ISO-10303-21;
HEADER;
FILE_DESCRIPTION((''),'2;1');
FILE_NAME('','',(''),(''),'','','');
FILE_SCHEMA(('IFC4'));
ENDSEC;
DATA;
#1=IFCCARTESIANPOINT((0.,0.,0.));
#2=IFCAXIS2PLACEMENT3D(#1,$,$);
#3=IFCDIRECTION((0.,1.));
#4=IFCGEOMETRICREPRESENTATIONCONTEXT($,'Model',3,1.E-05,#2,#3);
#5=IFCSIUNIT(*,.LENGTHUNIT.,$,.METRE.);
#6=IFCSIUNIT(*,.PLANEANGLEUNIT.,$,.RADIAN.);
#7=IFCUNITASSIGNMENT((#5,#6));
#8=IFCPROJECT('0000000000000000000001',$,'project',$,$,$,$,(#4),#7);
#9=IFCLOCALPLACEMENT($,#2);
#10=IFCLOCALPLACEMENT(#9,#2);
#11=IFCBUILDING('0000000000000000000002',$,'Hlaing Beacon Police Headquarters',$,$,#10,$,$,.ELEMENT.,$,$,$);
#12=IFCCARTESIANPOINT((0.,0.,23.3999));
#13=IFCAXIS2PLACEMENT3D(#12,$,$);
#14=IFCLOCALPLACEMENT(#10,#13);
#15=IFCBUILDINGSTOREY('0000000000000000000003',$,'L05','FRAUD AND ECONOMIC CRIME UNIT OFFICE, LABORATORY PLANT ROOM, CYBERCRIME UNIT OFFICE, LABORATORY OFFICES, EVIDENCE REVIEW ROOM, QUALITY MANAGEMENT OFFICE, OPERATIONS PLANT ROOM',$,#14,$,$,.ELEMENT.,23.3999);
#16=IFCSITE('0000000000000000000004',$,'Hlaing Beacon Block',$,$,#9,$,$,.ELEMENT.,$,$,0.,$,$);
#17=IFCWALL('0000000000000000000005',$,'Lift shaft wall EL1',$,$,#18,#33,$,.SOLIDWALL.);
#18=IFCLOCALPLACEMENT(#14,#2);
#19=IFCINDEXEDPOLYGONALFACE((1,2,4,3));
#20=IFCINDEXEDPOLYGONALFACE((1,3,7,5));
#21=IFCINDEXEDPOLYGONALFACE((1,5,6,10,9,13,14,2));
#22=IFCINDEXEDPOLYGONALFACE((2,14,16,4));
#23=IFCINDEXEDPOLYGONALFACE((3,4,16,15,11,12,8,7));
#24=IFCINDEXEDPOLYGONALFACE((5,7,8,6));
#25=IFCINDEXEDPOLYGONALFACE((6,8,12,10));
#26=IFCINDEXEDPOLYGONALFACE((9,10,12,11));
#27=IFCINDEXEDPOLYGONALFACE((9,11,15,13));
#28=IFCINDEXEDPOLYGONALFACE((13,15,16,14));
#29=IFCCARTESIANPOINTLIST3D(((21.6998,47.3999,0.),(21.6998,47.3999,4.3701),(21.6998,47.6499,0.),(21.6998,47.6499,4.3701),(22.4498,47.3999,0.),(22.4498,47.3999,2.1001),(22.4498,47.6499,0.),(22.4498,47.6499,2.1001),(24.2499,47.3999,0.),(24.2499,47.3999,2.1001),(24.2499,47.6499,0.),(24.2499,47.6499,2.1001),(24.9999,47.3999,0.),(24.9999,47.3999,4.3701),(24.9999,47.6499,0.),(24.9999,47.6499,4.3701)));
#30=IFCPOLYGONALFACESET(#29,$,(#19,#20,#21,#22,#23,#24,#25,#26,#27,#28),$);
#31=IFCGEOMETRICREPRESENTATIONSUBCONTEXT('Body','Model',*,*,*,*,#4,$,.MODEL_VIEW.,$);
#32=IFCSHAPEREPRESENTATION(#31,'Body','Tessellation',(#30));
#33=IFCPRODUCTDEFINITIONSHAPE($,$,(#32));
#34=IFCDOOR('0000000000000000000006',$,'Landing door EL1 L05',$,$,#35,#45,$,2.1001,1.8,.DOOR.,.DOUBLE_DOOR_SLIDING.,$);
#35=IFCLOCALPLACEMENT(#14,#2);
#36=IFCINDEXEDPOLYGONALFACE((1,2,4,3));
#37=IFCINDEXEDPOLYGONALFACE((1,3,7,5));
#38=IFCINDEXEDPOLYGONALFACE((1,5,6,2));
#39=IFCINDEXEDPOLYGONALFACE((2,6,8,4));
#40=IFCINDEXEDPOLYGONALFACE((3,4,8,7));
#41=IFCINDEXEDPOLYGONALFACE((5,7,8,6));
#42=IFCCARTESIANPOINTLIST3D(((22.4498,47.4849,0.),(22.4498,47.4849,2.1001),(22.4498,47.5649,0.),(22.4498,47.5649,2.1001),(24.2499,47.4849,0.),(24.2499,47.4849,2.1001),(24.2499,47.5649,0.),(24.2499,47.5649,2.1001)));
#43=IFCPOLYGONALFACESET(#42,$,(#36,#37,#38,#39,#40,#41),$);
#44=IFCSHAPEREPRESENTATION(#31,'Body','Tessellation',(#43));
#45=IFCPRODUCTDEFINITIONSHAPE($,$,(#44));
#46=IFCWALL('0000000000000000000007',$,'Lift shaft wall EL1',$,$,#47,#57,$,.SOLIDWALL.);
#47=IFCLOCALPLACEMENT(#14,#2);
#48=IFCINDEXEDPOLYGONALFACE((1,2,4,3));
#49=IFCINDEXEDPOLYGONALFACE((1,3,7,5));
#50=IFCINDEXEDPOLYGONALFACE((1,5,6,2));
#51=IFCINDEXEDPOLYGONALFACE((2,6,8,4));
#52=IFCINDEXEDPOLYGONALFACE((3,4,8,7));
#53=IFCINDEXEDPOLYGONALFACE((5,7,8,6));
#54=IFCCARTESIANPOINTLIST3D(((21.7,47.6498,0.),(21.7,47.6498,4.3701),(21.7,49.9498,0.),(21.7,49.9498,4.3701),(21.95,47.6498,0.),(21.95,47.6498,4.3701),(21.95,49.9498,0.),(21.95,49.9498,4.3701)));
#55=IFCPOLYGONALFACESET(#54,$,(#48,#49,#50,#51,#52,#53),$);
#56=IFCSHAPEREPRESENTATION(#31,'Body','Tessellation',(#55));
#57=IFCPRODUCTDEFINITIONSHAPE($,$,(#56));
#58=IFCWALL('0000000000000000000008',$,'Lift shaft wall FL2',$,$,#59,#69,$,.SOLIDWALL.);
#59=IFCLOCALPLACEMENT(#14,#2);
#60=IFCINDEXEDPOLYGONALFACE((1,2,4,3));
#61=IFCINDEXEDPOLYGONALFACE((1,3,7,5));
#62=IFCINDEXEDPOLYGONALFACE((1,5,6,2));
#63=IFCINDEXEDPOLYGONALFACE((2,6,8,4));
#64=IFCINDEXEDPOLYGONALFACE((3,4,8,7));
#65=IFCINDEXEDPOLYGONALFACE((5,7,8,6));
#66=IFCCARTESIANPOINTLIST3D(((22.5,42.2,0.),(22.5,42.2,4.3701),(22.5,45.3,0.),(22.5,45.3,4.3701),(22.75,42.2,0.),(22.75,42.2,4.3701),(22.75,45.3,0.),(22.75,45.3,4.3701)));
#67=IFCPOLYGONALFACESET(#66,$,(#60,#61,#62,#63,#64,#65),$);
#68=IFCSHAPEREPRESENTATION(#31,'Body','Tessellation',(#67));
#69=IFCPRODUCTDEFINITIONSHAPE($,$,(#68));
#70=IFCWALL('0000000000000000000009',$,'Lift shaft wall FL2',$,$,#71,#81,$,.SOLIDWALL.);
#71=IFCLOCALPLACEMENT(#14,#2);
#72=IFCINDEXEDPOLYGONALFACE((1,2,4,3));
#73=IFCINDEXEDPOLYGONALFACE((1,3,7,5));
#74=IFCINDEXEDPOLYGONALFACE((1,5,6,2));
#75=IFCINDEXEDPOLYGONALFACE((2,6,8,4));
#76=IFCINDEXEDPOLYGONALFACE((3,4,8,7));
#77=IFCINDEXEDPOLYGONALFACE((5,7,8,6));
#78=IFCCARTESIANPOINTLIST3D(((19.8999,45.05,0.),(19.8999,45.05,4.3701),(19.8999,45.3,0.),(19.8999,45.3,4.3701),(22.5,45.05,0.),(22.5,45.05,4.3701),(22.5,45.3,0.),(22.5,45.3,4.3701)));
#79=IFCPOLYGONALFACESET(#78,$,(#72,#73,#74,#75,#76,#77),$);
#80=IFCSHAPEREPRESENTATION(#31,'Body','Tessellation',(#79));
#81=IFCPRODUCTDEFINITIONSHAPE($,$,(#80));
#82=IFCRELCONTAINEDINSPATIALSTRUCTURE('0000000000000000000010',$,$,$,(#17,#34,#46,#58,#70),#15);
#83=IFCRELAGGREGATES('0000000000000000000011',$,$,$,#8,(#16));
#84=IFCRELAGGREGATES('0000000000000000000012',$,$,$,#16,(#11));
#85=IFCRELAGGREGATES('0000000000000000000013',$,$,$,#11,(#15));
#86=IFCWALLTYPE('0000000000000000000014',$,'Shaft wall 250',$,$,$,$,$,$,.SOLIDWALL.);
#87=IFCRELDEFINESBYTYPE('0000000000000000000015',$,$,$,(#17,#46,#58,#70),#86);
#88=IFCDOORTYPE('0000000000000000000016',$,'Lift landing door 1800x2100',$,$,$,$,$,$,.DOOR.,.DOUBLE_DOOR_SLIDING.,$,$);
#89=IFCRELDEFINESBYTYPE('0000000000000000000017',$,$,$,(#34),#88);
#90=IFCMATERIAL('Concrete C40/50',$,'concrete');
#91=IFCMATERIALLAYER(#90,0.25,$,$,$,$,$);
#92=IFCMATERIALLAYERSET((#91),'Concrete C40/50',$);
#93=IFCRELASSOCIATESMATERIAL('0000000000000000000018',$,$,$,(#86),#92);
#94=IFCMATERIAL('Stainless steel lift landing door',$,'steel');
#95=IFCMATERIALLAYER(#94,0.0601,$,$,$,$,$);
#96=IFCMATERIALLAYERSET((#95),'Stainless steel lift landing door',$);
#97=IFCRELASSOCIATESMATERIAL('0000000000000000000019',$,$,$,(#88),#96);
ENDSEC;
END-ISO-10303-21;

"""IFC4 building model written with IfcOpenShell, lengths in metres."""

from ifc_helpers import new_model, si_unit, direction, frame, frame_2d, origin, place, context, subcontext, project, spatial, rectangle, extrude, material, layer, layer_set, type_object, element, fill, save


model = new_model("IFC4")

# Units and contexts
model_context = context("Model", 3, precision=1e-05, world=origin(), true_north=direction((0.0, 1.0)))
body_context = subcontext(model_context, "Body", "Model", "MODEL_VIEW")
ifc_project = project(units=[si_unit("LENGTHUNIT", "METRE"), si_unit("PLANEANGLEUNIT", "RADIAN")], contexts=[model_context])

# Site, building, storey
site_placement = place(None, origin())
site = spatial("IfcSite", under=ifc_project, at=site_placement, Name="Hlaing Beacon Block", CompositionType="ELEMENT", RefElevation=0.0)
building_placement = place(site_placement, origin())
building = spatial("IfcBuilding", under=site, at=building_placement, Name="Hlaing Beacon Police Headquarters", CompositionType="ELEMENT")
storey_placement = place(building_placement, frame((0.0, 0.0, 23.3999)))
storey = spatial("IfcBuildingStorey", under=building, at=storey_placement, Name="L05", Description="FRAUD AND ECONOMIC CRIME UNIT OFFICE, LABORATORY PLANT ROOM, CYBERCRIME UNIT OFFICE, LABORATORY OFFICES, EVIDENCE REVIEW ROOM, QUALITY MANAGEMENT OFFICE, OPERATIONS PLANT ROOM", CompositionType="ELEMENT", Elevation=23.3999)

# Shared definitions
ifc_material_1 = material(Name="Concrete C40/50", Category="concrete")
ifc_layer_1 = layer(ifc_material_1, 0.25)
ifc_layer_set_1 = layer_set([ifc_layer_1], Name="Concrete C40/50")
wall_type_1 = type_object("IfcWallType", Name="Shaft wall 250", PredefinedType="SOLIDWALL", material=ifc_layer_set_1)

# Wall, opening, door
wall_1_placement = place(storey_placement, frame((21.7, 47.5249, 0.0), z_axis=(0.0, 0.0, 1.0), x_axis=(1.0, 0.0, 0.0)))
wall_1 = element("IfcWall", 1, at=wall_1_placement, inside=storey, type_object=wall_type_1, Name="Lift shaft wall EL1", PredefinedType="SOLIDWALL", context=body_context, shape_type="SweptSolid", body=[
    extrude(rectangle(XDim=3.3, YDim=0.25, at=frame_2d((1.6499, 0.0))), origin(), (0.0, 0.0, 1.0), 4.3701),
])
opening_1_placement = place(wall_1_placement, frame((0.75, 0.0, 0.0)))
opening_1 = element("IfcOpeningElement", 2, at=opening_1_placement, cuts=wall_1, PredefinedType="OPENING", context=body_context, shape_type="SweptSolid", body=[
    extrude(rectangle(XDim=1.8, YDim=2.1001, at=frame_2d((0.8999, 1.05))), frame((0.0, 0.135, 0.0), z_axis=(0.0, -1.0, 0.0), x_axis=(1.0, 0.0, 0.0)), (0.0, 0.0, 1.0), 0.27),
])
ifc_material_2 = material(Name="Stainless steel lift landing door", Category="steel")
ifc_layer_2 = layer(ifc_material_2, 0.0601)
ifc_layer_set_2 = layer_set([ifc_layer_2], Name="Stainless steel lift landing door")
door_type_1 = type_object("IfcDoorType", Name="Lift landing door 1800x2100", OperationType="DOUBLE_DOOR_SLIDING", PredefinedType="DOOR", material=ifc_layer_set_2)
door_1_placement = place(opening_1_placement, origin())
door_1 = element("IfcDoor", 3, at=door_1_placement, inside=storey, type_object=door_type_1, Name="Landing door EL1 L05", OperationType="DOUBLE_DOOR_SLIDING", OverallHeight=2.1001, OverallWidth=1.8, PredefinedType="DOOR", context=body_context, shape_type="SweptSolid", body=[
    extrude(rectangle(XDim=1.8, YDim=2.1001, at=frame_2d((0.8999, 1.05))), frame((0.0, 0.04, 0.0), z_axis=(0.0, -1.0, 0.0), x_axis=(1.0, 0.0, 0.0)), (0.0, 0.0, 1.0), 0.0801),
])
fill(opening_1, door_1)

# Walls
wall_2_placement = place(storey_placement, frame((21.825, 47.6499, 0.0), z_axis=(0.0, 0.0, 1.0), x_axis=(0.0, 1.0, 0.0)))
element("IfcWall", 4, at=wall_2_placement, inside=storey, type_object=wall_type_1, Name="Lift shaft wall EL1", PredefinedType="SOLIDWALL", context=body_context, shape_type="SweptSolid", body=[
    extrude(rectangle(XDim=2.3, YDim=0.25, at=frame_2d((1.1499, 0.0))), origin(), (0.0, 0.0, 1.0), 4.3701),
])
wall_3_placement = place(storey_placement, frame((22.625, 42.2, 0.0), z_axis=(0.0, 0.0, 1.0), x_axis=(0.0, 1.0, 0.0)))
element("IfcWall", 5, at=wall_3_placement, inside=storey, type_object=wall_type_1, Name="Lift shaft wall FL2", PredefinedType="SOLIDWALL", context=body_context, shape_type="SweptSolid", body=[
    extrude(rectangle(XDim=3.1001, YDim=0.25, at=frame_2d((1.55, 0.0))), origin(), (0.0, 0.0, 1.0), 4.3701),
])
wall_4_placement = place(storey_placement, frame((19.8999, 45.175, 0.0), z_axis=(0.0, 0.0, 1.0), x_axis=(1.0, 0.0, 0.0)))
element("IfcWall", 6, at=wall_4_placement, inside=storey, type_object=wall_type_1, Name="Lift shaft wall FL2", PredefinedType="SOLIDWALL", context=body_context, shape_type="SweptSolid", body=[
    extrude(rectangle(XDim=2.6001, YDim=0.25, at=frame_2d((1.3, 0.0))), origin(), (0.0, 0.0, 1.0), 4.3701),
])

save(model, "model.ifc")
